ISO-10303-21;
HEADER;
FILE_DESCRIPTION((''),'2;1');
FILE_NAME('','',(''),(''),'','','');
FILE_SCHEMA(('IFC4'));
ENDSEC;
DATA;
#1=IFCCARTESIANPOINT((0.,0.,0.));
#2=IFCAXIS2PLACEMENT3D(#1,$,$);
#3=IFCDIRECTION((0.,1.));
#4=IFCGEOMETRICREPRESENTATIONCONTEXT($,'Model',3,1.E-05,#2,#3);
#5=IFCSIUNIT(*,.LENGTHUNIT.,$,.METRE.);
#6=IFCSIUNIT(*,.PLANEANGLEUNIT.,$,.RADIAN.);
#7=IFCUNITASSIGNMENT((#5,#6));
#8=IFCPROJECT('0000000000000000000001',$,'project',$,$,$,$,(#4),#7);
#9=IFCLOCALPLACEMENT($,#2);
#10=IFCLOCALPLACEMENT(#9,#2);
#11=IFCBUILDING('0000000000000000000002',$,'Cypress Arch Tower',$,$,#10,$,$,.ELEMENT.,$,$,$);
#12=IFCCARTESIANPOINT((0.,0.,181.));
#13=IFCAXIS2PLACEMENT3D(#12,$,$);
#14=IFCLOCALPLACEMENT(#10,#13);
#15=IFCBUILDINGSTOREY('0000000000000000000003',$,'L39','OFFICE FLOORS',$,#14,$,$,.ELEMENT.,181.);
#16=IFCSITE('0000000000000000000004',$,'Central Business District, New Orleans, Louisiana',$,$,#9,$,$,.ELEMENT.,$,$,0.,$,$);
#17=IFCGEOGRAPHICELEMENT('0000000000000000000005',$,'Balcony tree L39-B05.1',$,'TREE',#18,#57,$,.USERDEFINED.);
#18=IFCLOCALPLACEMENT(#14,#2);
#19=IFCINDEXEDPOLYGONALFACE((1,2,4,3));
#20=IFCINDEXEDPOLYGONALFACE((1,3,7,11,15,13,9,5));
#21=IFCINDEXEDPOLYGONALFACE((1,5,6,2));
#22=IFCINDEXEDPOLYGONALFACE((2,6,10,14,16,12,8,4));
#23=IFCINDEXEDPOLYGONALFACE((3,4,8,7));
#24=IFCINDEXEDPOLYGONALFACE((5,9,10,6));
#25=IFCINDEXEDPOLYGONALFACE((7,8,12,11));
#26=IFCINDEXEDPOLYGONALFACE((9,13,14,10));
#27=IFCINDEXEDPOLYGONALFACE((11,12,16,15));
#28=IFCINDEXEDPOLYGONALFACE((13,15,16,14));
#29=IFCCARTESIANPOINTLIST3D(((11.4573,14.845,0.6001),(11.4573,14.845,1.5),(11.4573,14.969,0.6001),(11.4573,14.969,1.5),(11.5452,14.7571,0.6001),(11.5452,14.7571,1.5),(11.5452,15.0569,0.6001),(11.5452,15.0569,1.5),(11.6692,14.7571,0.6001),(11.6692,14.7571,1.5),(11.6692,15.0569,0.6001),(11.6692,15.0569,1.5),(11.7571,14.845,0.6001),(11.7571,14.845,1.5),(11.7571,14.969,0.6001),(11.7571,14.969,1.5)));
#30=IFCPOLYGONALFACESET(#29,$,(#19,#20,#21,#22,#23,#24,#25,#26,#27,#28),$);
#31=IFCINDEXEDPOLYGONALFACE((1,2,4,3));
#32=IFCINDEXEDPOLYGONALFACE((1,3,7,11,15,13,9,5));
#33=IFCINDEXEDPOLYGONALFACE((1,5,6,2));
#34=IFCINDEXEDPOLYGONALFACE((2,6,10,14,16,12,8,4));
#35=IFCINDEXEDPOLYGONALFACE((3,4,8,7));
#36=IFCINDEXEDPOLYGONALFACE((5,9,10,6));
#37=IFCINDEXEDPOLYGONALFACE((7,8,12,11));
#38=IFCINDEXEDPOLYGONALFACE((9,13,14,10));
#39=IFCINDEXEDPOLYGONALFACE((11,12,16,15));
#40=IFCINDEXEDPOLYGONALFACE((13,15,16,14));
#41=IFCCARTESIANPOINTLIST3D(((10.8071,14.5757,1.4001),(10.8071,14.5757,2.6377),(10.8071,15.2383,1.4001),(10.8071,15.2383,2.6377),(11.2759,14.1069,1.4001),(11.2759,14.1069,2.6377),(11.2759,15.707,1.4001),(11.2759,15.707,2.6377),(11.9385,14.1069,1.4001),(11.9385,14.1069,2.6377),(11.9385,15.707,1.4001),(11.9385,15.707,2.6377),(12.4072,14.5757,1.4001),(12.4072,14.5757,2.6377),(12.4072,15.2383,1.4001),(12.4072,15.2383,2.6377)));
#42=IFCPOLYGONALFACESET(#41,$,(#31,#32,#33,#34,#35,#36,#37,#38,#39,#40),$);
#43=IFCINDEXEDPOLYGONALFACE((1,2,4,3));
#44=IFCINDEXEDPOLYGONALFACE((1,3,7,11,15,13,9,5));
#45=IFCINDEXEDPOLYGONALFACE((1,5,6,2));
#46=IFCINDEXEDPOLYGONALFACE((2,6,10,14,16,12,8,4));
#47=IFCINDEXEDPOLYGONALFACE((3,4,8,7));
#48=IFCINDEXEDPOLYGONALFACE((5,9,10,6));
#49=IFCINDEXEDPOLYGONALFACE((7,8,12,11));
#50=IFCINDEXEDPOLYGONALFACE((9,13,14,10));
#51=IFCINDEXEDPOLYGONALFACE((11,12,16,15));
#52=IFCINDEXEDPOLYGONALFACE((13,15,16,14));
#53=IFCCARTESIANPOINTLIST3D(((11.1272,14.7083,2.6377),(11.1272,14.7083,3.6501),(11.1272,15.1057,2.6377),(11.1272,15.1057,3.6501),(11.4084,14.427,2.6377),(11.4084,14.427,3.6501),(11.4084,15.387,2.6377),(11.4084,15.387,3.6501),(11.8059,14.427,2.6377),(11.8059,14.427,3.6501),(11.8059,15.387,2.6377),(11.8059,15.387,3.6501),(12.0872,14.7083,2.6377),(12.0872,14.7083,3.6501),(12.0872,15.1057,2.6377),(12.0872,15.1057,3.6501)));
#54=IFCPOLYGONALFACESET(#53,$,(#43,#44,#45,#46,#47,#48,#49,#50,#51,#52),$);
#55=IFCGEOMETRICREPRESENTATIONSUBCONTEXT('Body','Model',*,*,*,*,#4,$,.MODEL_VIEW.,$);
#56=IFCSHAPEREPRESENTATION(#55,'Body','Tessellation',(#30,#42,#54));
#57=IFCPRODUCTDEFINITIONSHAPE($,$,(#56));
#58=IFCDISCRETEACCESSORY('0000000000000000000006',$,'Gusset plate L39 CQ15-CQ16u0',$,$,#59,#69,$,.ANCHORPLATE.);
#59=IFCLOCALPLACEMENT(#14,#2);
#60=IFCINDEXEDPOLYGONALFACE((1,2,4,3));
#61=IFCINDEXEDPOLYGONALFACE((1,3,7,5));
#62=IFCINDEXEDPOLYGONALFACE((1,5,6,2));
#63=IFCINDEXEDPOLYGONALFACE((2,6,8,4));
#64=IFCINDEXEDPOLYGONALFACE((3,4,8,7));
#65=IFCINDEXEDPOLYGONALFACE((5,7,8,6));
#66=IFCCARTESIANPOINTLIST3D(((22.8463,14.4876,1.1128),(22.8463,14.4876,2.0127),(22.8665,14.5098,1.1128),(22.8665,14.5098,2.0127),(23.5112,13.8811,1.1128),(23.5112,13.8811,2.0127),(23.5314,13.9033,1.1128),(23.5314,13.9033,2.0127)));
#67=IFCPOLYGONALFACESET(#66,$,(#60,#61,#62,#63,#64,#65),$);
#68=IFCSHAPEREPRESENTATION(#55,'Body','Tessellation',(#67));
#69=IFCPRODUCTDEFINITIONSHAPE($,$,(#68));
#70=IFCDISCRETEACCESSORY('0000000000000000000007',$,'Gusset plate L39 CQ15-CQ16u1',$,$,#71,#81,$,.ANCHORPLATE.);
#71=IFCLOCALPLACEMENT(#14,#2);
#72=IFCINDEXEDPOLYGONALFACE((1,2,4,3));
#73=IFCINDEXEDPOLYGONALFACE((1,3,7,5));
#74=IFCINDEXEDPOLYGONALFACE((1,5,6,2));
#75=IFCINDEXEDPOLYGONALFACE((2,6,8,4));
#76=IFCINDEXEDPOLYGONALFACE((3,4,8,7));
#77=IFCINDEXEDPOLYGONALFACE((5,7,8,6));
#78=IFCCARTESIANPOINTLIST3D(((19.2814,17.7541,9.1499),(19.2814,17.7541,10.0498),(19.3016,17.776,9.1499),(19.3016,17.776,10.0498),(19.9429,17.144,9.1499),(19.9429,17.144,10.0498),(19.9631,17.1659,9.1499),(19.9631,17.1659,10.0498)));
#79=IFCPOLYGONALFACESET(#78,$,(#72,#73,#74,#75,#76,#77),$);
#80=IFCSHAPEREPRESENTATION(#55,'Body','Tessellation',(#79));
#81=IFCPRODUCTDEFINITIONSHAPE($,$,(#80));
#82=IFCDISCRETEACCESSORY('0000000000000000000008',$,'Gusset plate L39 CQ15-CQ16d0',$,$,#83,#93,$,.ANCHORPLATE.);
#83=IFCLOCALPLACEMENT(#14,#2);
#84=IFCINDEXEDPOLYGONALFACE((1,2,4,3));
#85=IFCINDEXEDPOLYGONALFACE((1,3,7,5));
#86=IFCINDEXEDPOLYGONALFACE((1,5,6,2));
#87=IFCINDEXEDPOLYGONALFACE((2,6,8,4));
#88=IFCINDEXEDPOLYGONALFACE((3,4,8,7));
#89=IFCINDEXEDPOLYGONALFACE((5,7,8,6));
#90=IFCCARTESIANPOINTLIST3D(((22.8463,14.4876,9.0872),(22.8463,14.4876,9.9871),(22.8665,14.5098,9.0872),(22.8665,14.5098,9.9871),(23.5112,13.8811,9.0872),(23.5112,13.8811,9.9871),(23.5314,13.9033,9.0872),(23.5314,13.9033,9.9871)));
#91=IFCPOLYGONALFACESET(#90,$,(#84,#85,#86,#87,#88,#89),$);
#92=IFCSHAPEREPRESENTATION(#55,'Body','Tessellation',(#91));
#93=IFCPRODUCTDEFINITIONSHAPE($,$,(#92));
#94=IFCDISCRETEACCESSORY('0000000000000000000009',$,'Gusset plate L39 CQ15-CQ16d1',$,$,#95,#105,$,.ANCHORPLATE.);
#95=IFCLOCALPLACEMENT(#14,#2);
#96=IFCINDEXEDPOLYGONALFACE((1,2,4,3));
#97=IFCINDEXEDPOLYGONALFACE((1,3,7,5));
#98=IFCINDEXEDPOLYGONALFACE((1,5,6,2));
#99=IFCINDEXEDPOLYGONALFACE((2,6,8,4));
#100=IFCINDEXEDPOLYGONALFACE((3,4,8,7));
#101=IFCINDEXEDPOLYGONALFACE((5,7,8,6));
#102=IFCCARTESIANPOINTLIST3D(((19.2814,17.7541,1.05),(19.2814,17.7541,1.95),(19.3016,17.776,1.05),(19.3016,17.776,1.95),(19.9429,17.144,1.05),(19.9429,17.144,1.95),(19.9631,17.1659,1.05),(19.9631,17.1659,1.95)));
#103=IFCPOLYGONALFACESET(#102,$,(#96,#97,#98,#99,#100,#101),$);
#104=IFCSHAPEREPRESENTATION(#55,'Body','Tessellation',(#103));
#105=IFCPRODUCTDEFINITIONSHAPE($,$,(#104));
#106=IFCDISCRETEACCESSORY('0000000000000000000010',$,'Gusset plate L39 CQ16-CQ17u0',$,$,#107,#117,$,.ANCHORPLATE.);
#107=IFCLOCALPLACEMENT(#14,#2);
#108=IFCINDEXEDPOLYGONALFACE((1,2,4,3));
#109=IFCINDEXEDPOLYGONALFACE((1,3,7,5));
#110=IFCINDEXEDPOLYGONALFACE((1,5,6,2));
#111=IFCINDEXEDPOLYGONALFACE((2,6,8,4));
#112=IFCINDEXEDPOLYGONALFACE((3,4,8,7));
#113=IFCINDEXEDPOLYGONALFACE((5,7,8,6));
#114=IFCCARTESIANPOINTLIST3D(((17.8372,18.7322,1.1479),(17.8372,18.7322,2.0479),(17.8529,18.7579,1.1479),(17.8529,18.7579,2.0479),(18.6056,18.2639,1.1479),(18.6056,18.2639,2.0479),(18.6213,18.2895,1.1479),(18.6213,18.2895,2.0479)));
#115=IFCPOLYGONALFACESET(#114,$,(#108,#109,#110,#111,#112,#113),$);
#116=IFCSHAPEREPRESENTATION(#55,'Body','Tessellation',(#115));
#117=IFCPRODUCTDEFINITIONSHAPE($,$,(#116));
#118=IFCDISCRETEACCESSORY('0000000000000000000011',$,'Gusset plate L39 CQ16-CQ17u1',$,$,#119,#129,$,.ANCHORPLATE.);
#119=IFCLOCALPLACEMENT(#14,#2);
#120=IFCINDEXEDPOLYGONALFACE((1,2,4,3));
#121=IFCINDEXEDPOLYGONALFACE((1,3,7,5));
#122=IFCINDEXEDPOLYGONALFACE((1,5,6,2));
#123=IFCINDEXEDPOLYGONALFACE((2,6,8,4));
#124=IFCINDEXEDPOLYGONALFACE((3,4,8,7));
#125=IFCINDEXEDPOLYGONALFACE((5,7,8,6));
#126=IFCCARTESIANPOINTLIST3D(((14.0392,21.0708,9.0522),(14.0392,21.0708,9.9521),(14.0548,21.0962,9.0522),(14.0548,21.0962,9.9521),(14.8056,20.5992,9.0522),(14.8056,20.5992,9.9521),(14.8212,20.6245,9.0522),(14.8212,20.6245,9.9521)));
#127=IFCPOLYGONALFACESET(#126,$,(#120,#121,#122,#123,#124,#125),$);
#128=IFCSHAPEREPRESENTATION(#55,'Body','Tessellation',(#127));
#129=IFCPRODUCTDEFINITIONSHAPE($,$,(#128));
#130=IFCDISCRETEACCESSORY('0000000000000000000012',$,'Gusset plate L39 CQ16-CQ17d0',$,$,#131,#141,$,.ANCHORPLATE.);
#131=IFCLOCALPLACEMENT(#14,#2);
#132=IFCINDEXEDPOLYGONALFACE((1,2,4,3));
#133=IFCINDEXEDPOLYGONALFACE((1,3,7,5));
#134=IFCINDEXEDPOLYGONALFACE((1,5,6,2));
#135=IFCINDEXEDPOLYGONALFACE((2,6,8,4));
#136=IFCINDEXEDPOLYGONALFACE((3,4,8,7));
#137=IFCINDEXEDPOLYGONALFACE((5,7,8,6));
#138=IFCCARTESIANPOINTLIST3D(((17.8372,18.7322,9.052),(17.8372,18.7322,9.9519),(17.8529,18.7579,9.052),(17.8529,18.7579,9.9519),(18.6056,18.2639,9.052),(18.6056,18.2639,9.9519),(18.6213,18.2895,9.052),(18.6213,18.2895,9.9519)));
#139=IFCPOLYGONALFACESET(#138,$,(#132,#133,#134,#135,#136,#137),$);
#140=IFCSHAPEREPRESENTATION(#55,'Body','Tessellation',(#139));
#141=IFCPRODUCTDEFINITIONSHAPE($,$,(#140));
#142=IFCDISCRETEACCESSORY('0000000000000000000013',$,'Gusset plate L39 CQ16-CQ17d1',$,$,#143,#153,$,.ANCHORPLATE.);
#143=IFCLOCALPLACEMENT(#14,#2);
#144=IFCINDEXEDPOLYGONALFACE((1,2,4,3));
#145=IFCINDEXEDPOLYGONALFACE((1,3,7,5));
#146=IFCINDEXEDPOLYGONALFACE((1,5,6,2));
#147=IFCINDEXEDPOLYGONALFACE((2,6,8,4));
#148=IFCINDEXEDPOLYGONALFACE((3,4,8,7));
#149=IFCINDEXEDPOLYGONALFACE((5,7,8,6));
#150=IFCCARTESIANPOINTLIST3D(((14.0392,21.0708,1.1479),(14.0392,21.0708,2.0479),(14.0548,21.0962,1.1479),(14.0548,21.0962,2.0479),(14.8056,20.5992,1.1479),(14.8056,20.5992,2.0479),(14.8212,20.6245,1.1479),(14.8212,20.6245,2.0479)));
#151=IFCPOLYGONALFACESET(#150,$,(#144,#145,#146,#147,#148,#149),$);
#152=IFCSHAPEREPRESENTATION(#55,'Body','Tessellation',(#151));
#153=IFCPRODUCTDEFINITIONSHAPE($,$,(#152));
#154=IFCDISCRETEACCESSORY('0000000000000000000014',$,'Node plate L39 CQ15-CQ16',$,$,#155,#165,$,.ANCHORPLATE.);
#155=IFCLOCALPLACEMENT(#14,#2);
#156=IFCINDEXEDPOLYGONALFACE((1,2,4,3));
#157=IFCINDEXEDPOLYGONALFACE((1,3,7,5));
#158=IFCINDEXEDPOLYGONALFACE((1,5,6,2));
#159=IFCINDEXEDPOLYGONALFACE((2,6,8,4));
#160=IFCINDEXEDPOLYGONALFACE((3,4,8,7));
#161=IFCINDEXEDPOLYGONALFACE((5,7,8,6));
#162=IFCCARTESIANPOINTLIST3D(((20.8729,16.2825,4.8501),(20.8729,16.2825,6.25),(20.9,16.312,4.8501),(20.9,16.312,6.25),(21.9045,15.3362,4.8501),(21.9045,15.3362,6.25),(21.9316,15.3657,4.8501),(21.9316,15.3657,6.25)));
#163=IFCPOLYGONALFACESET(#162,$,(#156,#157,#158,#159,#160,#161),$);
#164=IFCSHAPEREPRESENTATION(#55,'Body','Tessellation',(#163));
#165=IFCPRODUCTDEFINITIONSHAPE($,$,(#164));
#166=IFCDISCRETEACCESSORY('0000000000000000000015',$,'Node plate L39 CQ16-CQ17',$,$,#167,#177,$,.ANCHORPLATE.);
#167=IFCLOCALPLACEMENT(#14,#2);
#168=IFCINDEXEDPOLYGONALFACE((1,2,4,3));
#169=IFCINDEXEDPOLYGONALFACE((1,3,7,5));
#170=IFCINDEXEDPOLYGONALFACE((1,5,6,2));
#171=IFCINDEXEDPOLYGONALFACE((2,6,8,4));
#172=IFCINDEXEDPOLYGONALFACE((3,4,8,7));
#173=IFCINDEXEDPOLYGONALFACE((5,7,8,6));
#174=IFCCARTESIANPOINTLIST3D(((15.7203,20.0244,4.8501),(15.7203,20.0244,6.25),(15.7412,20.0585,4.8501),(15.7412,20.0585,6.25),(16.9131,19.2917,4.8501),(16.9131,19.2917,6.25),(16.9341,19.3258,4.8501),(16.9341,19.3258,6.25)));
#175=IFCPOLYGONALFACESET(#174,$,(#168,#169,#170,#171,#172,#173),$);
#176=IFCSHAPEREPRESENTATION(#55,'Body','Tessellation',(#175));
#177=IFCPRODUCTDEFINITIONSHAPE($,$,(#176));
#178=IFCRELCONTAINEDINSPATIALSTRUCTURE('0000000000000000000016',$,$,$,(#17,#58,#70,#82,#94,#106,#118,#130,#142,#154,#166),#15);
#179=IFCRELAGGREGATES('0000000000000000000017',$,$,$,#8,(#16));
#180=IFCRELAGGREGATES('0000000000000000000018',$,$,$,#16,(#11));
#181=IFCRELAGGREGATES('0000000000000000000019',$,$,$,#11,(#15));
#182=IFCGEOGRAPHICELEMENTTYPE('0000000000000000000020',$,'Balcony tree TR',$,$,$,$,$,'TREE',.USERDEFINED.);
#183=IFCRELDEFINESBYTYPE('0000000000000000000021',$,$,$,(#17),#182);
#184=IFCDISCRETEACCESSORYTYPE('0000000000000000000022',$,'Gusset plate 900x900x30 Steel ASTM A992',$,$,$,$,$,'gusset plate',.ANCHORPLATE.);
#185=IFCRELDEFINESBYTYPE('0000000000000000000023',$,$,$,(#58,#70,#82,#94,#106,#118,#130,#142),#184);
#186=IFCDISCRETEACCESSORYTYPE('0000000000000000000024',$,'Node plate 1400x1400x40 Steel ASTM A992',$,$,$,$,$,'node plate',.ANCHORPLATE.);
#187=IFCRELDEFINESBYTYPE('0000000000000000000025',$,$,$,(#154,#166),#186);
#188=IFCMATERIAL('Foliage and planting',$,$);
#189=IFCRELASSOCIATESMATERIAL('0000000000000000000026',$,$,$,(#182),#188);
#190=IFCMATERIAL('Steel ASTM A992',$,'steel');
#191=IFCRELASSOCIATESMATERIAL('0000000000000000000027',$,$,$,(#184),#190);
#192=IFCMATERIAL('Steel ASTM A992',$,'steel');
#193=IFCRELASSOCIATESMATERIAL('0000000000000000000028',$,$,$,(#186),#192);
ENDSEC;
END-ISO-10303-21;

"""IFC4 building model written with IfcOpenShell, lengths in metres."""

from ifc_helpers import new_model, si_unit, direction, frame, origin, origin_2d, place, context, subcontext, project, spatial, polyline, rectangle, outline, extrude, material, material_profile, profile_set, type_object, element, save


model = new_model("IFC4")

# Units and contexts
model_context = context("Model", 3, precision=1e-05, world=origin(), true_north=direction((0.0, 1.0)))
body_context = subcontext(model_context, "Body", "Model", "MODEL_VIEW")
ifc_project = project(units=[si_unit("LENGTHUNIT", "METRE"), si_unit("PLANEANGLEUNIT", "RADIAN")], contexts=[model_context])

# Site, building, storey
site_placement = place(None, origin())
site = spatial("IfcSite", under=ifc_project, at=site_placement, Name="Central Business District, New Orleans, Louisiana", CompositionType="ELEMENT", RefElevation=0.0)
building_placement = place(site_placement, origin())
building = spatial("IfcBuilding", under=site, at=building_placement, Name="Cypress Arch Tower", CompositionType="ELEMENT")
storey_placement = place(building_placement, frame((0.0, 0.0, 181.0)))
storey = spatial("IfcBuildingStorey", under=building, at=storey_placement, Name="L39", Description="OFFICE FLOORS", CompositionType="ELEMENT", Elevation=181.0)

# Geographic element
ifc_material_1 = material(Name="Foliage and planting")
geographic_element_type = type_object("IfcGeographicElementType", Name="Balcony tree TR", ElementType="TREE", PredefinedType="USERDEFINED", material=ifc_material_1)
geographic_element_placement = place(storey_placement, frame((11.6072, 14.907, 0.6001), z_axis=(0.0, 0.0, 1.0), x_axis=(1.0, 0.0, 0.0)))
element("IfcGeographicElement", 1, at=geographic_element_placement, inside=storey, type_object=geographic_element_type, Name="Balcony tree L39-B05.1", ObjectType="TREE", PredefinedType="USERDEFINED", context=body_context, shape_type="SweptSolid", body=[
    extrude(outline(polyline([(0.1499, 0.062), (0.062, 0.1499), (-0.062, 0.1499), (-0.1499, 0.062), (-0.1499, -0.062), (-0.062, -0.1499), (0.062, -0.1499), (0.1499, -0.062), (0.1499, 0.062)])), origin(), (0.0, 0.0, 1.0), 0.8999),
    extrude(outline(polyline([(0.8, 0.3313), (0.3313, 0.8), (-0.3313, 0.8), (-0.8, 0.3313), (-0.8, -0.3313), (-0.3313, -0.8), (0.3313, -0.8), (0.8, -0.3313), (0.8, 0.3313)])), frame((0.0, 0.0, 0.8)), (0.0, 0.0, 1.0), 1.2375),
    extrude(outline(polyline([(0.48, 0.1987), (0.1987, 0.48), (-0.1987, 0.48), (-0.48, 0.1987), (-0.48, -0.1987), (-0.1987, -0.48), (0.1987, -0.48), (0.48, -0.1987), (0.48, 0.1987)])), frame((0.0, 0.0, 2.0376)), (0.0, 0.0, 1.0), 1.0125),
])

# Discrete accessories
ifc_material_2 = material(Name="Steel ASTM A992", Category="steel")
ifc_material_profile_1 = material_profile(ifc_material_2, rectangle(XDim=0.8999, YDim=0.8999, at=origin_2d()), Name="PL 30 900x900")
ifc_profile_set_1 = profile_set([ifc_material_profile_1], Name="Steel ASTM A992")
discrete_accessory_type_1 = type_object("IfcDiscreteAccessoryType", Name="Gusset plate 900x900x30 Steel ASTM A992", ElementType="gusset plate", PredefinedType="ANCHORPLATE", material=ifc_profile_set_1)
discrete_accessory_1_placement = place(storey_placement, frame((23.199, 14.2065, 1.5627), z_axis=(-0.673884, -0.738837, 0.0), x_axis=(0.738837, -0.673884, 0.0)))
element("IfcDiscreteAccessory", 2, at=discrete_accessory_1_placement, inside=storey, type_object=discrete_accessory_type_1, Name="Gusset plate L39 CQ15-CQ16u0", PredefinedType="ANCHORPLATE", context=body_context, shape_type="SweptSolid", body=[
    extrude(rectangle(XDim=0.8999, YDim=0.8999, at=origin_2d()), origin(), (0.0, 0.0, 1.0), 0.03),
])
discrete_accessory_2_placement = place(storey_placement, frame((19.6323, 17.4709, 9.5999), z_axis=(-0.677941, -0.735117, 0.0), x_axis=(0.735117, -0.677941, 0.0)))
element("IfcDiscreteAccessory", 3, at=discrete_accessory_2_placement, inside=storey, type_object=discrete_accessory_type_1, Name="Gusset plate L39 CQ15-CQ16u1", PredefinedType="ANCHORPLATE", context=body_context, shape_type="SweptSolid", body=[
    extrude(rectangle(XDim=0.8999, YDim=0.8999, at=origin_2d()), origin(), (0.0, 0.0, 1.0), 0.0298),
])
discrete_accessory_3_placement = place(storey_placement, frame((23.199, 14.2065, 9.5371), z_axis=(-0.673884, -0.738837, 0.0), x_axis=(0.738837, -0.673884, 0.0)))
element("IfcDiscreteAccessory", 4, at=discrete_accessory_3_placement, inside=storey, type_object=discrete_accessory_type_1, Name="Gusset plate L39 CQ15-CQ16d0", PredefinedType="ANCHORPLATE", context=body_context, shape_type="SweptSolid", body=[
    extrude(rectangle(XDim=0.8999, YDim=0.8999, at=origin_2d()), origin(), (0.0, 0.0, 1.0), 0.03),
])
discrete_accessory_4_placement = place(storey_placement, frame((19.6323, 17.4709, 1.5), z_axis=(-0.677941, -0.735117, 0.0), x_axis=(0.735117, -0.677941, 0.0)))
element("IfcDiscreteAccessory", 5, at=discrete_accessory_4_placement, inside=storey, type_object=discrete_accessory_type_1, Name="Gusset plate L39 CQ15-CQ16d1", PredefinedType="ANCHORPLATE", context=body_context, shape_type="SweptSolid", body=[
    extrude(rectangle(XDim=0.8999, YDim=0.8999, at=origin_2d()), origin(), (0.0, 0.0, 1.0), 0.0298),
])
discrete_accessory_5_placement = place(storey_placement, frame((18.2371, 18.5237, 1.5979), z_axis=(-0.520463, -0.853884, 0.0), x_axis=(0.853884, -0.520463, 0.0)))
element("IfcDiscreteAccessory", 6, at=discrete_accessory_5_placement, inside=storey, type_object=discrete_accessory_type_1, Name="Gusset plate L39 CQ16-CQ17u0", PredefinedType="ANCHORPLATE", context=body_context, shape_type="SweptSolid", body=[
    extrude(rectangle(XDim=0.8999, YDim=0.8999, at=origin_2d()), origin(), (0.0, 0.0, 1.0), 0.03),
])
discrete_accessory_6_placement = place(storey_placement, frame((14.438, 20.8604, 9.5022), z_axis=(-0.524097, -0.851658, 0.0), x_axis=(0.851658, -0.524097, 0.0)))
element("IfcDiscreteAccessory", 7, at=discrete_accessory_6_placement, inside=storey, type_object=discrete_accessory_type_1, Name="Gusset plate L39 CQ16-CQ17u1", PredefinedType="ANCHORPLATE", context=body_context, shape_type="SweptSolid", body=[
    extrude(rectangle(XDim=0.8999, YDim=0.8999, at=origin_2d()), origin(), (0.0, 0.0, 1.0), 0.0298),
])
discrete_accessory_7_placement = place(storey_placement, frame((18.2371, 18.5237, 9.502), z_axis=(-0.520463, -0.853884, 0.0), x_axis=(0.853884, -0.520463, 0.0)))
element("IfcDiscreteAccessory", 8, at=discrete_accessory_7_placement, inside=storey, type_object=discrete_accessory_type_1, Name="Gusset plate L39 CQ16-CQ17d0", PredefinedType="ANCHORPLATE", context=body_context, shape_type="SweptSolid", body=[
    extrude(rectangle(XDim=0.8999, YDim=0.8999, at=origin_2d()), origin(), (0.0, 0.0, 1.0), 0.03),
])
discrete_accessory_8_placement = place(storey_placement, frame((14.438, 20.8604, 1.5979), z_axis=(-0.524097, -0.851658, 0.0), x_axis=(0.851658, -0.524097, 0.0)))
element("IfcDiscreteAccessory", 9, at=discrete_accessory_8_placement, inside=storey, type_object=discrete_accessory_type_1, Name="Gusset plate L39 CQ16-CQ17d1", PredefinedType="ANCHORPLATE", context=body_context, shape_type="SweptSolid", body=[
    extrude(rectangle(XDim=0.8999, YDim=0.8999, at=origin_2d()), origin(), (0.0, 0.0, 1.0), 0.0298),
])
ifc_material_3 = material(Name="Steel ASTM A992", Category="steel")
ifc_material_profile_2 = material_profile(ifc_material_3, rectangle(XDim=1.3999, YDim=1.3999, at=origin_2d()), Name="PL 40 1400x1400")
ifc_profile_set_2 = profile_set([ifc_material_profile_2], Name="Steel ASTM A992")
discrete_accessory_type_2 = type_object("IfcDiscreteAccessoryType", Name="Node plate 1400x1400x40 Steel ASTM A992", ElementType="node plate", PredefinedType="ANCHORPLATE", material=ifc_profile_set_2)
for number, where, z_axis, x_axis, name in (
    (10, (21.4158, 15.8389, 5.55), (-0.676, -0.736901, 0.0), (0.736901, -0.676, 0.0), "Node plate L39 CQ15-CQ16"),
    (11, (16.3376, 19.6921, 5.55), (-0.523418, -0.852076, 0.0), (0.852076, -0.523418, 0.0), "Node plate L39 CQ16-CQ17"),
):
    element("IfcDiscreteAccessory", number, at=place(storey_placement, frame(where, z_axis=z_axis, x_axis=x_axis)), inside=storey, type_object=discrete_accessory_type_2, Name=name, PredefinedType="ANCHORPLATE", context=body_context, shape_type="SweptSolid", body=[
        extrude(rectangle(XDim=1.3999, YDim=1.3999, at=origin_2d()), origin(), (0.0, 0.0, 1.0), 0.04),
    ])

save(model, "model.ifc")
